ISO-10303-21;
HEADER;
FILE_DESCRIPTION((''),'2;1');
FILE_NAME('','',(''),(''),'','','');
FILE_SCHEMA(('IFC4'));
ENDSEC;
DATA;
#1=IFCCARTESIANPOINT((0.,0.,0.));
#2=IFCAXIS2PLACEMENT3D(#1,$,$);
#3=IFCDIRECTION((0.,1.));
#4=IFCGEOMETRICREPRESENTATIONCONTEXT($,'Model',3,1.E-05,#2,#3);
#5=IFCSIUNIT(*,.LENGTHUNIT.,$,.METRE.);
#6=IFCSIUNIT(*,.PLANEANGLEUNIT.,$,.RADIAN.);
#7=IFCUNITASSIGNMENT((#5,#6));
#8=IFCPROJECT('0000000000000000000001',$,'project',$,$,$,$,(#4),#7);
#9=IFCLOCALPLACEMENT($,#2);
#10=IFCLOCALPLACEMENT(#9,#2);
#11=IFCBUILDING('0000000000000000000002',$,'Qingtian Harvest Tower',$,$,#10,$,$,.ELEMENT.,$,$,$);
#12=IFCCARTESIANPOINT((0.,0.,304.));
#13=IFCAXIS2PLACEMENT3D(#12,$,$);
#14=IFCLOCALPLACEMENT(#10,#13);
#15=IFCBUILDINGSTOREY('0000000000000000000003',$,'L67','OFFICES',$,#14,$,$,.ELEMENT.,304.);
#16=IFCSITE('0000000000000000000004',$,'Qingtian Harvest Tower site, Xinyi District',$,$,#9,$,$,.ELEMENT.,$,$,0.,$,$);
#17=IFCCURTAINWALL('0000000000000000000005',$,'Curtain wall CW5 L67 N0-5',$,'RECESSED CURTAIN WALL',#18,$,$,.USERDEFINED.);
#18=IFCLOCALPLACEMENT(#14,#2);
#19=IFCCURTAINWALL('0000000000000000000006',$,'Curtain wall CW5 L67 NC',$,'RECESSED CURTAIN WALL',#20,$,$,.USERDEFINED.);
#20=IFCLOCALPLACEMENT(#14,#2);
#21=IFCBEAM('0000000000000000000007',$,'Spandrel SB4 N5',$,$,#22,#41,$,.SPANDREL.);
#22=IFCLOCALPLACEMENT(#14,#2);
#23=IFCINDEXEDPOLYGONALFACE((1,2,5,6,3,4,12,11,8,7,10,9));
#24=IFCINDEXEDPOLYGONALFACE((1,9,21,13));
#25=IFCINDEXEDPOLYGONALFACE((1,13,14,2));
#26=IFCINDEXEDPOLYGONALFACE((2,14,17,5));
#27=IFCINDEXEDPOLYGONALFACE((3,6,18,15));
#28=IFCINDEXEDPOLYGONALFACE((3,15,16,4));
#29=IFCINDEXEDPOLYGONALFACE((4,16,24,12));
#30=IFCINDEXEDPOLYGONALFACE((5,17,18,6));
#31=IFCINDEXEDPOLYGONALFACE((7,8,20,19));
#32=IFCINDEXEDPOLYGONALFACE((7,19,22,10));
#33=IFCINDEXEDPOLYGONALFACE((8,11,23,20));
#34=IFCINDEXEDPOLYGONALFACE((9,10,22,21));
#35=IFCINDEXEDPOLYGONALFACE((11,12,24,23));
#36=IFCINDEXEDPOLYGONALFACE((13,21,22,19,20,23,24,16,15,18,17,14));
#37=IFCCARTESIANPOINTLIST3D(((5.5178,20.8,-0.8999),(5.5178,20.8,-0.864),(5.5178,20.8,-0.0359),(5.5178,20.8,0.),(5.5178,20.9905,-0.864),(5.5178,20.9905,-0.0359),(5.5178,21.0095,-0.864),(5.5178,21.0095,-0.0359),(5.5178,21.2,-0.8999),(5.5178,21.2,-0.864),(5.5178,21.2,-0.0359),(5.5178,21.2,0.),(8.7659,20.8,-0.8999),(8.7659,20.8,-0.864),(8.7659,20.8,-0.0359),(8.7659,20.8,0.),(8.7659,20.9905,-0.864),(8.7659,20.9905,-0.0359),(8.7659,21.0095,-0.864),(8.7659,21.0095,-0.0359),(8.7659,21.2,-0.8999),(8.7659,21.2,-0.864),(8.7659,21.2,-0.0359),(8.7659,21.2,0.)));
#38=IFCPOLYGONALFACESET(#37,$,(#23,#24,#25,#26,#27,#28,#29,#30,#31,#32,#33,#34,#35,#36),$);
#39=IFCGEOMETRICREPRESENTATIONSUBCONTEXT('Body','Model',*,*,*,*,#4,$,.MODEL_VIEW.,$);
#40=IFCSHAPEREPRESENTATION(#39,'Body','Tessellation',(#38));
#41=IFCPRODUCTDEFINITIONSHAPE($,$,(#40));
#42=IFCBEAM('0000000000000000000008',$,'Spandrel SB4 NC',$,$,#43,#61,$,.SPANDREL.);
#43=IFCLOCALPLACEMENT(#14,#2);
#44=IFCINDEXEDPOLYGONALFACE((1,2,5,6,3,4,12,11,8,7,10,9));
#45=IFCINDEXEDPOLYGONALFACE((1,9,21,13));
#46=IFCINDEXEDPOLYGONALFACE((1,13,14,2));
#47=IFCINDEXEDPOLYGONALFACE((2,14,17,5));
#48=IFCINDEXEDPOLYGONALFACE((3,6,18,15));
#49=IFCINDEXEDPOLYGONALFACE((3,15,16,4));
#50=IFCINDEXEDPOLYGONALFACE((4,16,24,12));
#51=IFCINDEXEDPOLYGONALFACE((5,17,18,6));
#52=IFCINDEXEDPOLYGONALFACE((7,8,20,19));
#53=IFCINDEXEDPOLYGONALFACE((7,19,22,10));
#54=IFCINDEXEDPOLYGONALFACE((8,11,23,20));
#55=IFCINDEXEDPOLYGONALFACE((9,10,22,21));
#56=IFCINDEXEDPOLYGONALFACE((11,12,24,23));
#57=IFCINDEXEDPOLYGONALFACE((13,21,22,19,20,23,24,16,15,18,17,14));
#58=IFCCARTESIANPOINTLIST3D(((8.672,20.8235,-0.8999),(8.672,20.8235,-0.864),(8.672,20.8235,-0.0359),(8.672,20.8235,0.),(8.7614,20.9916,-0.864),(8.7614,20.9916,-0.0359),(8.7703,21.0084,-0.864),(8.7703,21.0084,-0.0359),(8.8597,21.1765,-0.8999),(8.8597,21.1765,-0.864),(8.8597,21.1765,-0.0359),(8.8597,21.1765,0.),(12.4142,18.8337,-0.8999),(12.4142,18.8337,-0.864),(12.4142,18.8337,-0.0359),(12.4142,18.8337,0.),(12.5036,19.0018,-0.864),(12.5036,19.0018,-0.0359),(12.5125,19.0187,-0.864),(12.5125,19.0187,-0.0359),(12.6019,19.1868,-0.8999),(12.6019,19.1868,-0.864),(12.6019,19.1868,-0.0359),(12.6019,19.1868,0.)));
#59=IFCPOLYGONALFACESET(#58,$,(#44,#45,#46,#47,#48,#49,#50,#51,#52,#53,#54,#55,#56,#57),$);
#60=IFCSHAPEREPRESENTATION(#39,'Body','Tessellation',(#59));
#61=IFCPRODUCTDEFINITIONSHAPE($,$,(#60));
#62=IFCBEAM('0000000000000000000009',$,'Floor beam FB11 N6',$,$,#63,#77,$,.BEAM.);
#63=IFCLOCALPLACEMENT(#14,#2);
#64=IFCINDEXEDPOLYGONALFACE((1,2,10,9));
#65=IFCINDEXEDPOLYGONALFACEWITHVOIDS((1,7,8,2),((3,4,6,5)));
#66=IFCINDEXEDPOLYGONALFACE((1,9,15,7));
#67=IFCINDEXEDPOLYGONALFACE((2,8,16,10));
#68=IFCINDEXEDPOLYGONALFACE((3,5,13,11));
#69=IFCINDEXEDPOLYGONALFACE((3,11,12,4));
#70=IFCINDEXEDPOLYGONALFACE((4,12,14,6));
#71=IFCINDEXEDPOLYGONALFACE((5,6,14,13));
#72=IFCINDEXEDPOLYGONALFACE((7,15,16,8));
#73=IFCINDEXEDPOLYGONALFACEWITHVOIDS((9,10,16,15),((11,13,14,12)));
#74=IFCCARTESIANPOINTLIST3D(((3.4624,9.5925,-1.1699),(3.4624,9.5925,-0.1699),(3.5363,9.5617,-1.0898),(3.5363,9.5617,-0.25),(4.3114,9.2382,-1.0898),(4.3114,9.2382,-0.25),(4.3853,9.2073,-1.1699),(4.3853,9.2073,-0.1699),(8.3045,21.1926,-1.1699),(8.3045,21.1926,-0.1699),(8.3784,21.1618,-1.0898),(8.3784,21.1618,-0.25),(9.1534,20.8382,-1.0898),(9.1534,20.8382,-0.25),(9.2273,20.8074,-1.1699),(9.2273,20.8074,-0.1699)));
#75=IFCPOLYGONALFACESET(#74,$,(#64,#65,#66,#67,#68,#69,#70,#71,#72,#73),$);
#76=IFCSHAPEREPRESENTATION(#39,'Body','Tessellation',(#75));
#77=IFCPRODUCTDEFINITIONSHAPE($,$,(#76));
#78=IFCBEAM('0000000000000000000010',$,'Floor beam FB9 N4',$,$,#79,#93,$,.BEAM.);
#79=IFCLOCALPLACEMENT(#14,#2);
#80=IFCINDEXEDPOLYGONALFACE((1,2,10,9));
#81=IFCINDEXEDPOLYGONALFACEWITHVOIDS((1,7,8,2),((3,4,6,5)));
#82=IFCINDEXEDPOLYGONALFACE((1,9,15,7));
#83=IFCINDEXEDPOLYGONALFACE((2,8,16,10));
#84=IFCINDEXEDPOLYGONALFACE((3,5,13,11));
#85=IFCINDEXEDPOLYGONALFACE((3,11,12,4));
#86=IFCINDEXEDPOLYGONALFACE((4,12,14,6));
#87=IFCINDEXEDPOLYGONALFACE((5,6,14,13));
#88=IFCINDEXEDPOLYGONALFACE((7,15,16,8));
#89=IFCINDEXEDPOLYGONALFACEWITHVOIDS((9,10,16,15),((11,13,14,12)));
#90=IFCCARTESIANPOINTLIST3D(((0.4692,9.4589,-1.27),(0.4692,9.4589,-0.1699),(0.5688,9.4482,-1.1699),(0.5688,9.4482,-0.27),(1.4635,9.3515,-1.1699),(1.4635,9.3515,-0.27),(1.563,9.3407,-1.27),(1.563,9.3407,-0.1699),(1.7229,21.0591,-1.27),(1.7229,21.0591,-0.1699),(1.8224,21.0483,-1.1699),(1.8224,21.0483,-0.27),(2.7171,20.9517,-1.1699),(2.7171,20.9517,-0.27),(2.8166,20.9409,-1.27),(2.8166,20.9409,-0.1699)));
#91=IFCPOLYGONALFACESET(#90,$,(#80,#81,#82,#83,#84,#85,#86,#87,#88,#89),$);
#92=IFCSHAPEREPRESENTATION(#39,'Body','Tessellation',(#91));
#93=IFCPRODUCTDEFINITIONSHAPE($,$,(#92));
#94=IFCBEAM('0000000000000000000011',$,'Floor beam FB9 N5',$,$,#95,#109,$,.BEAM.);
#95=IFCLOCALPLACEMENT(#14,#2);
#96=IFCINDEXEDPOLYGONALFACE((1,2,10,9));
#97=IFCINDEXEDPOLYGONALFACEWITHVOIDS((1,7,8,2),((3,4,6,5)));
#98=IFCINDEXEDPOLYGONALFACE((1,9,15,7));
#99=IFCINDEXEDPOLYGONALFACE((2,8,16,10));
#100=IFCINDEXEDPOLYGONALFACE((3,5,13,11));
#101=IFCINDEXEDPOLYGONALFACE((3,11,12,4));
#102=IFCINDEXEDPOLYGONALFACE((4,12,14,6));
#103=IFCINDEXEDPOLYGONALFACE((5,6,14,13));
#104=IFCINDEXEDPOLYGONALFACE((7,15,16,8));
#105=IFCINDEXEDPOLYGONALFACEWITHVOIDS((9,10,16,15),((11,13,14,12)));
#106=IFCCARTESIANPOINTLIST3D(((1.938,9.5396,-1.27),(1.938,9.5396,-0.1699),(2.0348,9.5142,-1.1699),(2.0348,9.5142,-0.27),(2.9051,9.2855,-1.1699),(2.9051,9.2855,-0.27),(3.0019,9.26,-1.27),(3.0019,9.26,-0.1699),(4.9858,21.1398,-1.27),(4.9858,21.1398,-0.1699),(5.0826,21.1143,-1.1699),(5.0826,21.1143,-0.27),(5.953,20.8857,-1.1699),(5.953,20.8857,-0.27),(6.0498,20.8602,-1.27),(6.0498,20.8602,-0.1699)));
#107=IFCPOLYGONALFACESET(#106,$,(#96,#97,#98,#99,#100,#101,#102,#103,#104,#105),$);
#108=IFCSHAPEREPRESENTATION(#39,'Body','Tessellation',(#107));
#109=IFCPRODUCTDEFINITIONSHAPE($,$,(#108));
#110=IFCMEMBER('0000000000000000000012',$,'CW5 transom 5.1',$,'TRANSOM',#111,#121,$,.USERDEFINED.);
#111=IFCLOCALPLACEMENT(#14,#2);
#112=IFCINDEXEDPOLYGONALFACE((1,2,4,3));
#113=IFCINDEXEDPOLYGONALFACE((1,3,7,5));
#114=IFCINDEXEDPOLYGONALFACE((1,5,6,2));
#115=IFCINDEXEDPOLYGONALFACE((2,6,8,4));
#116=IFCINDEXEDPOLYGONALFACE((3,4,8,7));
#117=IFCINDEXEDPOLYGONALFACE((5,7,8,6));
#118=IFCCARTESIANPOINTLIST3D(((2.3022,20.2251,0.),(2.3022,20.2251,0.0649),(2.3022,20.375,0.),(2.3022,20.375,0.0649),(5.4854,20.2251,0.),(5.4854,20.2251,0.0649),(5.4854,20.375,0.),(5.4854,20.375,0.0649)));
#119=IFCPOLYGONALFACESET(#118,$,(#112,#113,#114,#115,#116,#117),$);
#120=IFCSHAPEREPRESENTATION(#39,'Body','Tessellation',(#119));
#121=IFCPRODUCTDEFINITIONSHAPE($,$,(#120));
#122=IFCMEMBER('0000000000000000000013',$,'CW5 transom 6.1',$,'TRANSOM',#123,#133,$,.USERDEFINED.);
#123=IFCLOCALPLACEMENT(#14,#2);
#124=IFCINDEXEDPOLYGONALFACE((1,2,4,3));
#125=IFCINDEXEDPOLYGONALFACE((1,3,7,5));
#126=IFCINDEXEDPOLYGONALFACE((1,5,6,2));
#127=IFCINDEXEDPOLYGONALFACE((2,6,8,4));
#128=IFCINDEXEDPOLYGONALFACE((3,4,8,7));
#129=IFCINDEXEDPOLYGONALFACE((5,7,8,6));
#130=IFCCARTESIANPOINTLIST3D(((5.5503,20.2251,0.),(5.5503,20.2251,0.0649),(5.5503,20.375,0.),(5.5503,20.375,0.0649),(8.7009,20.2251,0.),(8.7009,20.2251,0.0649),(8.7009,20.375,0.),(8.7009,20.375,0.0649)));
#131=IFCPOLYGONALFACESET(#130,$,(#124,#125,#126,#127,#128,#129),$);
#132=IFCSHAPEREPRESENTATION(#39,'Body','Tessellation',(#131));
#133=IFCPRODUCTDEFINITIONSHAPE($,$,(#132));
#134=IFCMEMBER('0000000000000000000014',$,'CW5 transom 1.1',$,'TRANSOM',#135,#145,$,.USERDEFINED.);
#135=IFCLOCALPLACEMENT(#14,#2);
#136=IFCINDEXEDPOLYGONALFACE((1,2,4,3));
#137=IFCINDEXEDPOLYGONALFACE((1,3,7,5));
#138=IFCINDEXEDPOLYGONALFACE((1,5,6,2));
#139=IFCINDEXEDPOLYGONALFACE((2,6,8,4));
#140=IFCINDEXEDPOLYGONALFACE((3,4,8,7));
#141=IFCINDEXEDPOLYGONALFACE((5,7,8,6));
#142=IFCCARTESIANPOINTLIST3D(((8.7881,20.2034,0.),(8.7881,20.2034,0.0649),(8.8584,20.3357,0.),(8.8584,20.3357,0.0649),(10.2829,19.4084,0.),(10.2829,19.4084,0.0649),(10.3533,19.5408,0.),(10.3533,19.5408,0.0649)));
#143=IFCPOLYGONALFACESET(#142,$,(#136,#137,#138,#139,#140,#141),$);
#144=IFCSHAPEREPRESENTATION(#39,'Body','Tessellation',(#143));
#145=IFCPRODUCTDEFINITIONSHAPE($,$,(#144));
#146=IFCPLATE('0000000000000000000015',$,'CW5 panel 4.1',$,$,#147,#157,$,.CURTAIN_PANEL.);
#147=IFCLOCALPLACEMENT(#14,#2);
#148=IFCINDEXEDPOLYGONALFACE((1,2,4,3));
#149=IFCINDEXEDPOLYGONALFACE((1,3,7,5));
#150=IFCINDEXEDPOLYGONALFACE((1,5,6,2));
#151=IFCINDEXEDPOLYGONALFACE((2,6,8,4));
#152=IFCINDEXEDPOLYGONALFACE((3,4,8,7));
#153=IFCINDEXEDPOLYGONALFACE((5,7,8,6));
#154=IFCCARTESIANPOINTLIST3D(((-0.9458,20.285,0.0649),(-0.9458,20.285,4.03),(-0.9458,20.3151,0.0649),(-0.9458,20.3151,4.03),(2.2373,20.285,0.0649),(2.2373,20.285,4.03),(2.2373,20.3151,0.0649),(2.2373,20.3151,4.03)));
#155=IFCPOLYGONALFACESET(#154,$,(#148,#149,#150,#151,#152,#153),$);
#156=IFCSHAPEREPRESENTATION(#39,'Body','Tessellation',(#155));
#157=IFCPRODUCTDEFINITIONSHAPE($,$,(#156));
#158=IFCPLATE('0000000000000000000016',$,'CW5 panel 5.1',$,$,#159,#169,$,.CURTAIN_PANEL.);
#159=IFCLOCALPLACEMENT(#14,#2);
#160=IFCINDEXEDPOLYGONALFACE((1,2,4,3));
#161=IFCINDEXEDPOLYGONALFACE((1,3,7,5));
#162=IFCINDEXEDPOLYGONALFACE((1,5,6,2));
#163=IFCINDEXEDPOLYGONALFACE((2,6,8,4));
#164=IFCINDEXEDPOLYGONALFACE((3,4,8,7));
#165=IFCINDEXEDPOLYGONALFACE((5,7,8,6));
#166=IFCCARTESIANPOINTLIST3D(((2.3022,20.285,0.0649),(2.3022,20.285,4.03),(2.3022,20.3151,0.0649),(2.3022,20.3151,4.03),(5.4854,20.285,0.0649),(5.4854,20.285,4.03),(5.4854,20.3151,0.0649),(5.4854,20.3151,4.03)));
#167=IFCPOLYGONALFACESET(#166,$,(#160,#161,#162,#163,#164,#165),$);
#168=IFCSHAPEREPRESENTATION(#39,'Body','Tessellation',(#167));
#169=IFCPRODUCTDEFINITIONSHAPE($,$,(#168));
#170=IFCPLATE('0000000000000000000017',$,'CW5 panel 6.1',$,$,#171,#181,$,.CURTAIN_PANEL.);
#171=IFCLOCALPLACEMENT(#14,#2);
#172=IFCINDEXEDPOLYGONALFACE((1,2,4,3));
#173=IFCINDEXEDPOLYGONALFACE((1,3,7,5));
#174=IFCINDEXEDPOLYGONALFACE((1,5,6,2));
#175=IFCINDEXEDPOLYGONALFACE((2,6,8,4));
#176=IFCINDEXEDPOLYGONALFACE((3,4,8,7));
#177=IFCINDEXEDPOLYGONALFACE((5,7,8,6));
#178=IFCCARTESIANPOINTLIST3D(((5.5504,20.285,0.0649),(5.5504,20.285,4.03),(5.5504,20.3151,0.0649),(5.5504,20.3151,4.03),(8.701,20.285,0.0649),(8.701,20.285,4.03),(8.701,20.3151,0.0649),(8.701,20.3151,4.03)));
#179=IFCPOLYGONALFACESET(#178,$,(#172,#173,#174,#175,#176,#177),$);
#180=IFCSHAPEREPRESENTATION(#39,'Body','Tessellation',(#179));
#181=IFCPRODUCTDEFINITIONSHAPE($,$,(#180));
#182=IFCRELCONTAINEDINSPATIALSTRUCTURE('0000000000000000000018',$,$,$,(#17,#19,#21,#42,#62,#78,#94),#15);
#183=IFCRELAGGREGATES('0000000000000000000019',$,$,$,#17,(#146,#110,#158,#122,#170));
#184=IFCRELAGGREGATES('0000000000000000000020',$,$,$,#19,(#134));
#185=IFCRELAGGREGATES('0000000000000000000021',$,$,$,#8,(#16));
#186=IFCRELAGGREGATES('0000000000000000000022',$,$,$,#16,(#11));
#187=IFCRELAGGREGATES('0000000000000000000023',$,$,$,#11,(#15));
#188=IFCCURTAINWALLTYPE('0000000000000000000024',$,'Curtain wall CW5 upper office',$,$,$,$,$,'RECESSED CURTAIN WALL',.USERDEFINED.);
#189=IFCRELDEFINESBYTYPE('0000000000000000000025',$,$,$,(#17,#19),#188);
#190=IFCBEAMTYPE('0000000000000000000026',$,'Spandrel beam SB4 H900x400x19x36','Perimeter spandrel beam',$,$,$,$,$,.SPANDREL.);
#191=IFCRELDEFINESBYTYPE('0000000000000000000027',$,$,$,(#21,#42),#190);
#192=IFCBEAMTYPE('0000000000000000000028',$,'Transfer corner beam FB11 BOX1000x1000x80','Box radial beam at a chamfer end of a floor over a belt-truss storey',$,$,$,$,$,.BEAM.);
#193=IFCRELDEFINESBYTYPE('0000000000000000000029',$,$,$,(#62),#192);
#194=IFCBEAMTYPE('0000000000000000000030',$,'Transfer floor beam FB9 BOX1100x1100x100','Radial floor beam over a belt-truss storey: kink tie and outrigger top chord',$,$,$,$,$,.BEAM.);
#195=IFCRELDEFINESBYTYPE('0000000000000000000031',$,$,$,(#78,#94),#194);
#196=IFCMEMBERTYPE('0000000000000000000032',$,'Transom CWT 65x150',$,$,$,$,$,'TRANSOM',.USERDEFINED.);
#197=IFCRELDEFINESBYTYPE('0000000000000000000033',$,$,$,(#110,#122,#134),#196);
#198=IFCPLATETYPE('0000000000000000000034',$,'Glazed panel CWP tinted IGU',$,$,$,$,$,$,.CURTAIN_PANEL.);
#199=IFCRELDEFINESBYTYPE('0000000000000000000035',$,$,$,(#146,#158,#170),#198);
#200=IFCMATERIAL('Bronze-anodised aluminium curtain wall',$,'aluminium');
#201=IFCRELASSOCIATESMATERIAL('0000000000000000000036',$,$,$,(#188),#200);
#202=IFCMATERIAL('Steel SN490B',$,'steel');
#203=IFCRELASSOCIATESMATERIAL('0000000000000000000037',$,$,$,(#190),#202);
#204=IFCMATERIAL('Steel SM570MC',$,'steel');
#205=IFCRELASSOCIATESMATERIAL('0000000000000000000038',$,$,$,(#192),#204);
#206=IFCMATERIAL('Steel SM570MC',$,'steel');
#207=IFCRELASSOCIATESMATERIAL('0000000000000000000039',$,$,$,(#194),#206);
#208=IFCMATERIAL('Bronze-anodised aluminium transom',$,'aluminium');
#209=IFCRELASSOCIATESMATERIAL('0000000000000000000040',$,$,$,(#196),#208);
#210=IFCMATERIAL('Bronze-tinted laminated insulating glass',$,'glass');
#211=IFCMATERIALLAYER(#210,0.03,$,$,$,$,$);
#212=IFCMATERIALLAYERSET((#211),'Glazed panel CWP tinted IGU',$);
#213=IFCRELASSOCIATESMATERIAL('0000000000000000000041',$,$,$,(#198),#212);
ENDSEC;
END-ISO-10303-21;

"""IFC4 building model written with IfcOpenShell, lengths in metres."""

from ifc_helpers import new_model, si_unit, direction, frame, origin, origin_2d, place, context, subcontext, project, spatial, rectangle, hollow_rectangle, i_section, extrude, material, layer, layer_set, material_profile, profile_set, type_object, element, aggregate, save


model = new_model("IFC4")

# Units and contexts
model_context = context("Model", 3, precision=1e-05, world=origin(), true_north=direction((0.0, 1.0)))
body_context = subcontext(model_context, "Body", "Model", "MODEL_VIEW")
ifc_project = project(units=[si_unit("LENGTHUNIT", "METRE"), si_unit("PLANEANGLEUNIT", "RADIAN")], contexts=[model_context])

# Site, building, storey
site_placement = place(None, origin())
site = spatial("IfcSite", under=ifc_project, at=site_placement, Name="Qingtian Harvest Tower site, Xinyi District", CompositionType="ELEMENT", RefElevation=0.0)
building_placement = place(site_placement, origin())
building = spatial("IfcBuilding", under=site, at=building_placement, Name="Qingtian Harvest Tower", CompositionType="ELEMENT")
storey_placement = place(building_placement, frame((0.0, 0.0, 304.0)))
storey = spatial("IfcBuildingStorey", under=building, at=storey_placement, Name="L67", Description="OFFICES", CompositionType="ELEMENT", Elevation=304.0)

# Curtain wall
ifc_material_1 = material(Name="Bronze-anodised aluminium curtain wall", Category="aluminium")
curtain_wall_type = type_object("IfcCurtainWallType", Name="Curtain wall CW5 upper office", ElementType="RECESSED CURTAIN WALL", PredefinedType="USERDEFINED", material=ifc_material_1)
curtain_wall_1_placement = place(storey_placement, origin())
curtain_wall_1 = element("IfcCurtainWall", 1, at=curtain_wall_1_placement, inside=storey, type_object=curtain_wall_type, Name="Curtain wall CW5 L67 N0-5", ObjectType="RECESSED CURTAIN WALL", PredefinedType="USERDEFINED")

# Curtain wall
curtain_wall_2_placement = place(storey_placement, origin())
curtain_wall_2 = element("IfcCurtainWall", 2, at=curtain_wall_2_placement, inside=storey, type_object=curtain_wall_type, Name="Curtain wall CW5 L67 NC", ObjectType="RECESSED CURTAIN WALL", PredefinedType="USERDEFINED")

# Beams
ifc_material_2 = material(Name="Steel SN490B", Category="steel")
ifc_material_profile_1 = material_profile(ifc_material_2, i_section(OverallWidth=0.3999, OverallDepth=0.8999, WebThickness=0.019, FlangeThickness=0.0359, at=origin_2d()), Name="H900x400x19x36")
ifc_profile_set_1 = profile_set([ifc_material_profile_1], Name="Steel SN490B")
beam_type_1 = type_object("IfcBeamType", Name="Spandrel beam SB4 H900x400x19x36", Description="Perimeter spandrel beam", PredefinedType="SPANDREL", material=ifc_profile_set_1)
for number, where, z_axis, x_axis, name in (
    (3, (5.5178, 21.0, -0.45), (1.0, 0.0, 0.0), (0.0, 1.0, 0.0), "Spandrel SB4 N5"),
):
    element("IfcBeam", number, at=place(storey_placement, frame(where, z_axis=z_axis, x_axis=x_axis)), inside=storey, type_object=beam_type_1, Name=name, PredefinedType="SPANDREL", context=body_context, shape_type="SweptSolid", body=[
        extrude(i_section(OverallWidth=0.3999, OverallDepth=0.8999, WebThickness=0.019, FlangeThickness=0.0359, at=origin_2d()), origin(), (0.0, 0.0, 1.0), 3.248),
    ])
beam_1_placement = place(storey_placement, frame((8.7659, 21.0, -0.45), z_axis=(0.882949, -0.46947, 0.0), x_axis=(0.46947, 0.882949, 0.0)))
element("IfcBeam", 4, at=beam_1_placement, inside=storey, type_object=beam_type_1, Name="Spandrel SB4 NC", PredefinedType="SPANDREL", context=body_context, shape_type="SweptSolid", body=[
    extrude(i_section(OverallWidth=0.3999, OverallDepth=0.8999, WebThickness=0.019, FlangeThickness=0.0359, at=origin_2d()), origin(), (0.0, 0.0, 1.0), 4.2383),
])
ifc_material_3 = material(Name="Steel SM570MC", Category="steel")
ifc_material_profile_2 = material_profile(ifc_material_3, hollow_rectangle(XDim=1.0, YDim=1.0, WallThickness=0.0801, at=origin_2d()), Name="BOX1000x1000x80")
ifc_profile_set_2 = profile_set([ifc_material_profile_2], Name="Steel SM570MC")
beam_type_2 = type_object("IfcBeamType", Name="Transfer corner beam FB11 BOX1000x1000x80", Description="Box radial beam at a chamfer end of a floor over a belt-truss storey", PredefinedType="BEAM", material=ifc_profile_set_2)
beam_2_placement = place(storey_placement, frame((8.7659, 21.0, -0.6699), z_axis=(-0.385203, -0.922832, 0.0), x_axis=(0.922832, -0.385203, 0.0)))
element("IfcBeam", 5, at=beam_2_placement, inside=storey, type_object=beam_type_2, Name="Floor beam FB11 N6", PredefinedType="BEAM", context=body_context, shape_type="SweptSolid", body=[
    extrude(hollow_rectangle(XDim=1.0, YDim=1.0, WallThickness=0.0801, at=origin_2d()), origin(), (0.0, 0.0, 1.0), 12.5701),
])
ifc_material_4 = material(Name="Steel SM570MC", Category="steel")
ifc_material_profile_3 = material_profile(ifc_material_4, hollow_rectangle(XDim=1.1001, YDim=1.1001, WallThickness=0.1001, at=origin_2d()), Name="BOX1100x1100x100")
ifc_profile_set_3 = profile_set([ifc_material_profile_3], Name="Steel SM570MC")
beam_type_3 = type_object("IfcBeamType", Name="Transfer floor beam FB9 BOX1100x1100x100", Description="Radial floor beam over a belt-truss storey: kink tie and outrigger top chord", PredefinedType="BEAM", material=ifc_profile_set_3)
beam_3_placement = place(storey_placement, frame((2.2698, 21.0, -0.72), z_axis=(-0.107448, -0.994211, 0.0), x_axis=(0.994211, -0.107448, 0.0)))
element("IfcBeam", 6, at=beam_3_placement, inside=storey, type_object=beam_type_3, Name="Floor beam FB9 N4", PredefinedType="BEAM", context=body_context, shape_type="SweptSolid", body=[
    extrude(hollow_rectangle(XDim=1.1001, YDim=1.1001, WallThickness=0.1001, at=origin_2d()), origin(), (0.0, 0.0, 1.0), 11.6677),
])
beam_4_placement = place(storey_placement, frame((5.5178, 21.0, -0.72), z_axis=(-0.254119, -0.967173, 0.0), x_axis=(0.967173, -0.254119, 0.0)))
element("IfcBeam", 7, at=beam_4_placement, inside=storey, type_object=beam_type_3, Name="Floor beam FB9 N5", PredefinedType="BEAM", context=body_context, shape_type="SweptSolid", body=[
    extrude(hollow_rectangle(XDim=1.1001, YDim=1.1001, WallThickness=0.1001, at=origin_2d()), origin(), (0.0, 0.0, 1.0), 11.9939),
])

# Members
ifc_material_5 = material(Name="Bronze-anodised aluminium transom", Category="aluminium")
ifc_material_profile_4 = material_profile(ifc_material_5, rectangle(XDim=0.1499, YDim=0.0649, at=origin_2d()), Name="AL 65x150")
ifc_profile_set_4 = profile_set([ifc_material_profile_4], Name="Bronze-anodised aluminium transom")
member_type_1 = type_object("IfcMemberType", Name="Transom CWT 65x150", ElementType="TRANSOM", PredefinedType="USERDEFINED", material=ifc_profile_set_4)
member_1_placement = place(storey_placement, frame((2.3022, 20.3, 0.0325), z_axis=(1.0, 0.0, 0.0), x_axis=(0.0, 1.0, 0.0)))
member_1 = element("IfcMember", 8, at=member_1_placement, type_object=member_type_1, Name="CW5 transom 5.1", ObjectType="TRANSOM", PredefinedType="USERDEFINED", context=body_context, shape_type="SweptSolid", body=[
    extrude(rectangle(XDim=0.1499, YDim=0.0649, at=origin_2d()), origin(), (0.0, 0.0, 1.0), 3.1831),
])
member_2_placement = place(storey_placement, frame((5.5503, 20.3, 0.0325), z_axis=(1.0, 0.0, 0.0), x_axis=(0.0, 1.0, 0.0)))
member_2 = element("IfcMember", 9, at=member_2_placement, type_object=member_type_1, Name="CW5 transom 6.1", ObjectType="TRANSOM", PredefinedType="USERDEFINED", context=body_context, shape_type="SweptSolid", body=[
    extrude(rectangle(XDim=0.1499, YDim=0.0649, at=origin_2d()), origin(), (0.0, 0.0, 1.0), 3.1506),
])
member_3_placement = place(storey_placement, frame((8.8232, 20.2695, 0.0325), z_axis=(0.882927, -0.46951, 0.0), x_axis=(0.46951, 0.882927, 0.0)))
member_3 = element("IfcMember", 10, at=member_3_placement, type_object=member_type_1, Name="CW5 transom 1.1", ObjectType="TRANSOM", PredefinedType="USERDEFINED", context=body_context, shape_type="SweptSolid", body=[
    extrude(rectangle(XDim=0.1499, YDim=0.0649, at=origin_2d()), origin(), (0.0, 0.0, 1.0), 1.6931),
])

# Plates
ifc_material_6 = material(Name="Bronze-tinted laminated insulating glass", Category="glass")
ifc_layer_1 = layer(ifc_material_6, 0.03)
ifc_layer_set_1 = layer_set([ifc_layer_1], Name="Glazed panel CWP tinted IGU")
plate_type = type_object("IfcPlateType", Name="Glazed panel CWP tinted IGU", PredefinedType="CURTAIN_PANEL", material=ifc_layer_set_1)
plate_1_placement = place(storey_placement, frame((0.6458, 20.3, 0.0649), z_axis=(0.0, 0.0, 1.0), x_axis=(1.0, 0.0, 0.0)))
plate_1 = element("IfcPlate", 11, at=plate_1_placement, type_object=plate_type, Name="CW5 panel 4.1", PredefinedType="CURTAIN_PANEL", context=body_context, shape_type="SweptSolid", body=[
    extrude(rectangle(XDim=3.1831, YDim=0.03, at=origin_2d()), origin(), (0.0, 0.0, 1.0), 3.9651),
])
plate_2_placement = place(storey_placement, frame((3.8938, 20.3, 0.0649), z_axis=(0.0, 0.0, 1.0), x_axis=(1.0, 0.0, 0.0)))
plate_2 = element("IfcPlate", 12, at=plate_2_placement, type_object=plate_type, Name="CW5 panel 5.1", PredefinedType="CURTAIN_PANEL", context=body_context, shape_type="SweptSolid", body=[
    extrude(rectangle(XDim=3.1831, YDim=0.03, at=origin_2d()), origin(), (0.0, 0.0, 1.0), 3.9651),
])
plate_3_placement = place(storey_placement, frame((7.1257, 20.3, 0.0649), z_axis=(0.0, 0.0, 1.0), x_axis=(1.0, 0.0, 0.0)))
plate_3 = element("IfcPlate", 13, at=plate_3_placement, type_object=plate_type, Name="CW5 panel 6.1", PredefinedType="CURTAIN_PANEL", context=body_context, shape_type="SweptSolid", body=[
    extrude(rectangle(XDim=3.1506, YDim=0.03, at=origin_2d()), origin(), (0.0, 0.0, 1.0), 3.9651),
])
aggregate(curtain_wall_1, [plate_1, member_1, plate_2, member_2, plate_3])
aggregate(curtain_wall_2, [member_3])

save(model, "model.ifc")
